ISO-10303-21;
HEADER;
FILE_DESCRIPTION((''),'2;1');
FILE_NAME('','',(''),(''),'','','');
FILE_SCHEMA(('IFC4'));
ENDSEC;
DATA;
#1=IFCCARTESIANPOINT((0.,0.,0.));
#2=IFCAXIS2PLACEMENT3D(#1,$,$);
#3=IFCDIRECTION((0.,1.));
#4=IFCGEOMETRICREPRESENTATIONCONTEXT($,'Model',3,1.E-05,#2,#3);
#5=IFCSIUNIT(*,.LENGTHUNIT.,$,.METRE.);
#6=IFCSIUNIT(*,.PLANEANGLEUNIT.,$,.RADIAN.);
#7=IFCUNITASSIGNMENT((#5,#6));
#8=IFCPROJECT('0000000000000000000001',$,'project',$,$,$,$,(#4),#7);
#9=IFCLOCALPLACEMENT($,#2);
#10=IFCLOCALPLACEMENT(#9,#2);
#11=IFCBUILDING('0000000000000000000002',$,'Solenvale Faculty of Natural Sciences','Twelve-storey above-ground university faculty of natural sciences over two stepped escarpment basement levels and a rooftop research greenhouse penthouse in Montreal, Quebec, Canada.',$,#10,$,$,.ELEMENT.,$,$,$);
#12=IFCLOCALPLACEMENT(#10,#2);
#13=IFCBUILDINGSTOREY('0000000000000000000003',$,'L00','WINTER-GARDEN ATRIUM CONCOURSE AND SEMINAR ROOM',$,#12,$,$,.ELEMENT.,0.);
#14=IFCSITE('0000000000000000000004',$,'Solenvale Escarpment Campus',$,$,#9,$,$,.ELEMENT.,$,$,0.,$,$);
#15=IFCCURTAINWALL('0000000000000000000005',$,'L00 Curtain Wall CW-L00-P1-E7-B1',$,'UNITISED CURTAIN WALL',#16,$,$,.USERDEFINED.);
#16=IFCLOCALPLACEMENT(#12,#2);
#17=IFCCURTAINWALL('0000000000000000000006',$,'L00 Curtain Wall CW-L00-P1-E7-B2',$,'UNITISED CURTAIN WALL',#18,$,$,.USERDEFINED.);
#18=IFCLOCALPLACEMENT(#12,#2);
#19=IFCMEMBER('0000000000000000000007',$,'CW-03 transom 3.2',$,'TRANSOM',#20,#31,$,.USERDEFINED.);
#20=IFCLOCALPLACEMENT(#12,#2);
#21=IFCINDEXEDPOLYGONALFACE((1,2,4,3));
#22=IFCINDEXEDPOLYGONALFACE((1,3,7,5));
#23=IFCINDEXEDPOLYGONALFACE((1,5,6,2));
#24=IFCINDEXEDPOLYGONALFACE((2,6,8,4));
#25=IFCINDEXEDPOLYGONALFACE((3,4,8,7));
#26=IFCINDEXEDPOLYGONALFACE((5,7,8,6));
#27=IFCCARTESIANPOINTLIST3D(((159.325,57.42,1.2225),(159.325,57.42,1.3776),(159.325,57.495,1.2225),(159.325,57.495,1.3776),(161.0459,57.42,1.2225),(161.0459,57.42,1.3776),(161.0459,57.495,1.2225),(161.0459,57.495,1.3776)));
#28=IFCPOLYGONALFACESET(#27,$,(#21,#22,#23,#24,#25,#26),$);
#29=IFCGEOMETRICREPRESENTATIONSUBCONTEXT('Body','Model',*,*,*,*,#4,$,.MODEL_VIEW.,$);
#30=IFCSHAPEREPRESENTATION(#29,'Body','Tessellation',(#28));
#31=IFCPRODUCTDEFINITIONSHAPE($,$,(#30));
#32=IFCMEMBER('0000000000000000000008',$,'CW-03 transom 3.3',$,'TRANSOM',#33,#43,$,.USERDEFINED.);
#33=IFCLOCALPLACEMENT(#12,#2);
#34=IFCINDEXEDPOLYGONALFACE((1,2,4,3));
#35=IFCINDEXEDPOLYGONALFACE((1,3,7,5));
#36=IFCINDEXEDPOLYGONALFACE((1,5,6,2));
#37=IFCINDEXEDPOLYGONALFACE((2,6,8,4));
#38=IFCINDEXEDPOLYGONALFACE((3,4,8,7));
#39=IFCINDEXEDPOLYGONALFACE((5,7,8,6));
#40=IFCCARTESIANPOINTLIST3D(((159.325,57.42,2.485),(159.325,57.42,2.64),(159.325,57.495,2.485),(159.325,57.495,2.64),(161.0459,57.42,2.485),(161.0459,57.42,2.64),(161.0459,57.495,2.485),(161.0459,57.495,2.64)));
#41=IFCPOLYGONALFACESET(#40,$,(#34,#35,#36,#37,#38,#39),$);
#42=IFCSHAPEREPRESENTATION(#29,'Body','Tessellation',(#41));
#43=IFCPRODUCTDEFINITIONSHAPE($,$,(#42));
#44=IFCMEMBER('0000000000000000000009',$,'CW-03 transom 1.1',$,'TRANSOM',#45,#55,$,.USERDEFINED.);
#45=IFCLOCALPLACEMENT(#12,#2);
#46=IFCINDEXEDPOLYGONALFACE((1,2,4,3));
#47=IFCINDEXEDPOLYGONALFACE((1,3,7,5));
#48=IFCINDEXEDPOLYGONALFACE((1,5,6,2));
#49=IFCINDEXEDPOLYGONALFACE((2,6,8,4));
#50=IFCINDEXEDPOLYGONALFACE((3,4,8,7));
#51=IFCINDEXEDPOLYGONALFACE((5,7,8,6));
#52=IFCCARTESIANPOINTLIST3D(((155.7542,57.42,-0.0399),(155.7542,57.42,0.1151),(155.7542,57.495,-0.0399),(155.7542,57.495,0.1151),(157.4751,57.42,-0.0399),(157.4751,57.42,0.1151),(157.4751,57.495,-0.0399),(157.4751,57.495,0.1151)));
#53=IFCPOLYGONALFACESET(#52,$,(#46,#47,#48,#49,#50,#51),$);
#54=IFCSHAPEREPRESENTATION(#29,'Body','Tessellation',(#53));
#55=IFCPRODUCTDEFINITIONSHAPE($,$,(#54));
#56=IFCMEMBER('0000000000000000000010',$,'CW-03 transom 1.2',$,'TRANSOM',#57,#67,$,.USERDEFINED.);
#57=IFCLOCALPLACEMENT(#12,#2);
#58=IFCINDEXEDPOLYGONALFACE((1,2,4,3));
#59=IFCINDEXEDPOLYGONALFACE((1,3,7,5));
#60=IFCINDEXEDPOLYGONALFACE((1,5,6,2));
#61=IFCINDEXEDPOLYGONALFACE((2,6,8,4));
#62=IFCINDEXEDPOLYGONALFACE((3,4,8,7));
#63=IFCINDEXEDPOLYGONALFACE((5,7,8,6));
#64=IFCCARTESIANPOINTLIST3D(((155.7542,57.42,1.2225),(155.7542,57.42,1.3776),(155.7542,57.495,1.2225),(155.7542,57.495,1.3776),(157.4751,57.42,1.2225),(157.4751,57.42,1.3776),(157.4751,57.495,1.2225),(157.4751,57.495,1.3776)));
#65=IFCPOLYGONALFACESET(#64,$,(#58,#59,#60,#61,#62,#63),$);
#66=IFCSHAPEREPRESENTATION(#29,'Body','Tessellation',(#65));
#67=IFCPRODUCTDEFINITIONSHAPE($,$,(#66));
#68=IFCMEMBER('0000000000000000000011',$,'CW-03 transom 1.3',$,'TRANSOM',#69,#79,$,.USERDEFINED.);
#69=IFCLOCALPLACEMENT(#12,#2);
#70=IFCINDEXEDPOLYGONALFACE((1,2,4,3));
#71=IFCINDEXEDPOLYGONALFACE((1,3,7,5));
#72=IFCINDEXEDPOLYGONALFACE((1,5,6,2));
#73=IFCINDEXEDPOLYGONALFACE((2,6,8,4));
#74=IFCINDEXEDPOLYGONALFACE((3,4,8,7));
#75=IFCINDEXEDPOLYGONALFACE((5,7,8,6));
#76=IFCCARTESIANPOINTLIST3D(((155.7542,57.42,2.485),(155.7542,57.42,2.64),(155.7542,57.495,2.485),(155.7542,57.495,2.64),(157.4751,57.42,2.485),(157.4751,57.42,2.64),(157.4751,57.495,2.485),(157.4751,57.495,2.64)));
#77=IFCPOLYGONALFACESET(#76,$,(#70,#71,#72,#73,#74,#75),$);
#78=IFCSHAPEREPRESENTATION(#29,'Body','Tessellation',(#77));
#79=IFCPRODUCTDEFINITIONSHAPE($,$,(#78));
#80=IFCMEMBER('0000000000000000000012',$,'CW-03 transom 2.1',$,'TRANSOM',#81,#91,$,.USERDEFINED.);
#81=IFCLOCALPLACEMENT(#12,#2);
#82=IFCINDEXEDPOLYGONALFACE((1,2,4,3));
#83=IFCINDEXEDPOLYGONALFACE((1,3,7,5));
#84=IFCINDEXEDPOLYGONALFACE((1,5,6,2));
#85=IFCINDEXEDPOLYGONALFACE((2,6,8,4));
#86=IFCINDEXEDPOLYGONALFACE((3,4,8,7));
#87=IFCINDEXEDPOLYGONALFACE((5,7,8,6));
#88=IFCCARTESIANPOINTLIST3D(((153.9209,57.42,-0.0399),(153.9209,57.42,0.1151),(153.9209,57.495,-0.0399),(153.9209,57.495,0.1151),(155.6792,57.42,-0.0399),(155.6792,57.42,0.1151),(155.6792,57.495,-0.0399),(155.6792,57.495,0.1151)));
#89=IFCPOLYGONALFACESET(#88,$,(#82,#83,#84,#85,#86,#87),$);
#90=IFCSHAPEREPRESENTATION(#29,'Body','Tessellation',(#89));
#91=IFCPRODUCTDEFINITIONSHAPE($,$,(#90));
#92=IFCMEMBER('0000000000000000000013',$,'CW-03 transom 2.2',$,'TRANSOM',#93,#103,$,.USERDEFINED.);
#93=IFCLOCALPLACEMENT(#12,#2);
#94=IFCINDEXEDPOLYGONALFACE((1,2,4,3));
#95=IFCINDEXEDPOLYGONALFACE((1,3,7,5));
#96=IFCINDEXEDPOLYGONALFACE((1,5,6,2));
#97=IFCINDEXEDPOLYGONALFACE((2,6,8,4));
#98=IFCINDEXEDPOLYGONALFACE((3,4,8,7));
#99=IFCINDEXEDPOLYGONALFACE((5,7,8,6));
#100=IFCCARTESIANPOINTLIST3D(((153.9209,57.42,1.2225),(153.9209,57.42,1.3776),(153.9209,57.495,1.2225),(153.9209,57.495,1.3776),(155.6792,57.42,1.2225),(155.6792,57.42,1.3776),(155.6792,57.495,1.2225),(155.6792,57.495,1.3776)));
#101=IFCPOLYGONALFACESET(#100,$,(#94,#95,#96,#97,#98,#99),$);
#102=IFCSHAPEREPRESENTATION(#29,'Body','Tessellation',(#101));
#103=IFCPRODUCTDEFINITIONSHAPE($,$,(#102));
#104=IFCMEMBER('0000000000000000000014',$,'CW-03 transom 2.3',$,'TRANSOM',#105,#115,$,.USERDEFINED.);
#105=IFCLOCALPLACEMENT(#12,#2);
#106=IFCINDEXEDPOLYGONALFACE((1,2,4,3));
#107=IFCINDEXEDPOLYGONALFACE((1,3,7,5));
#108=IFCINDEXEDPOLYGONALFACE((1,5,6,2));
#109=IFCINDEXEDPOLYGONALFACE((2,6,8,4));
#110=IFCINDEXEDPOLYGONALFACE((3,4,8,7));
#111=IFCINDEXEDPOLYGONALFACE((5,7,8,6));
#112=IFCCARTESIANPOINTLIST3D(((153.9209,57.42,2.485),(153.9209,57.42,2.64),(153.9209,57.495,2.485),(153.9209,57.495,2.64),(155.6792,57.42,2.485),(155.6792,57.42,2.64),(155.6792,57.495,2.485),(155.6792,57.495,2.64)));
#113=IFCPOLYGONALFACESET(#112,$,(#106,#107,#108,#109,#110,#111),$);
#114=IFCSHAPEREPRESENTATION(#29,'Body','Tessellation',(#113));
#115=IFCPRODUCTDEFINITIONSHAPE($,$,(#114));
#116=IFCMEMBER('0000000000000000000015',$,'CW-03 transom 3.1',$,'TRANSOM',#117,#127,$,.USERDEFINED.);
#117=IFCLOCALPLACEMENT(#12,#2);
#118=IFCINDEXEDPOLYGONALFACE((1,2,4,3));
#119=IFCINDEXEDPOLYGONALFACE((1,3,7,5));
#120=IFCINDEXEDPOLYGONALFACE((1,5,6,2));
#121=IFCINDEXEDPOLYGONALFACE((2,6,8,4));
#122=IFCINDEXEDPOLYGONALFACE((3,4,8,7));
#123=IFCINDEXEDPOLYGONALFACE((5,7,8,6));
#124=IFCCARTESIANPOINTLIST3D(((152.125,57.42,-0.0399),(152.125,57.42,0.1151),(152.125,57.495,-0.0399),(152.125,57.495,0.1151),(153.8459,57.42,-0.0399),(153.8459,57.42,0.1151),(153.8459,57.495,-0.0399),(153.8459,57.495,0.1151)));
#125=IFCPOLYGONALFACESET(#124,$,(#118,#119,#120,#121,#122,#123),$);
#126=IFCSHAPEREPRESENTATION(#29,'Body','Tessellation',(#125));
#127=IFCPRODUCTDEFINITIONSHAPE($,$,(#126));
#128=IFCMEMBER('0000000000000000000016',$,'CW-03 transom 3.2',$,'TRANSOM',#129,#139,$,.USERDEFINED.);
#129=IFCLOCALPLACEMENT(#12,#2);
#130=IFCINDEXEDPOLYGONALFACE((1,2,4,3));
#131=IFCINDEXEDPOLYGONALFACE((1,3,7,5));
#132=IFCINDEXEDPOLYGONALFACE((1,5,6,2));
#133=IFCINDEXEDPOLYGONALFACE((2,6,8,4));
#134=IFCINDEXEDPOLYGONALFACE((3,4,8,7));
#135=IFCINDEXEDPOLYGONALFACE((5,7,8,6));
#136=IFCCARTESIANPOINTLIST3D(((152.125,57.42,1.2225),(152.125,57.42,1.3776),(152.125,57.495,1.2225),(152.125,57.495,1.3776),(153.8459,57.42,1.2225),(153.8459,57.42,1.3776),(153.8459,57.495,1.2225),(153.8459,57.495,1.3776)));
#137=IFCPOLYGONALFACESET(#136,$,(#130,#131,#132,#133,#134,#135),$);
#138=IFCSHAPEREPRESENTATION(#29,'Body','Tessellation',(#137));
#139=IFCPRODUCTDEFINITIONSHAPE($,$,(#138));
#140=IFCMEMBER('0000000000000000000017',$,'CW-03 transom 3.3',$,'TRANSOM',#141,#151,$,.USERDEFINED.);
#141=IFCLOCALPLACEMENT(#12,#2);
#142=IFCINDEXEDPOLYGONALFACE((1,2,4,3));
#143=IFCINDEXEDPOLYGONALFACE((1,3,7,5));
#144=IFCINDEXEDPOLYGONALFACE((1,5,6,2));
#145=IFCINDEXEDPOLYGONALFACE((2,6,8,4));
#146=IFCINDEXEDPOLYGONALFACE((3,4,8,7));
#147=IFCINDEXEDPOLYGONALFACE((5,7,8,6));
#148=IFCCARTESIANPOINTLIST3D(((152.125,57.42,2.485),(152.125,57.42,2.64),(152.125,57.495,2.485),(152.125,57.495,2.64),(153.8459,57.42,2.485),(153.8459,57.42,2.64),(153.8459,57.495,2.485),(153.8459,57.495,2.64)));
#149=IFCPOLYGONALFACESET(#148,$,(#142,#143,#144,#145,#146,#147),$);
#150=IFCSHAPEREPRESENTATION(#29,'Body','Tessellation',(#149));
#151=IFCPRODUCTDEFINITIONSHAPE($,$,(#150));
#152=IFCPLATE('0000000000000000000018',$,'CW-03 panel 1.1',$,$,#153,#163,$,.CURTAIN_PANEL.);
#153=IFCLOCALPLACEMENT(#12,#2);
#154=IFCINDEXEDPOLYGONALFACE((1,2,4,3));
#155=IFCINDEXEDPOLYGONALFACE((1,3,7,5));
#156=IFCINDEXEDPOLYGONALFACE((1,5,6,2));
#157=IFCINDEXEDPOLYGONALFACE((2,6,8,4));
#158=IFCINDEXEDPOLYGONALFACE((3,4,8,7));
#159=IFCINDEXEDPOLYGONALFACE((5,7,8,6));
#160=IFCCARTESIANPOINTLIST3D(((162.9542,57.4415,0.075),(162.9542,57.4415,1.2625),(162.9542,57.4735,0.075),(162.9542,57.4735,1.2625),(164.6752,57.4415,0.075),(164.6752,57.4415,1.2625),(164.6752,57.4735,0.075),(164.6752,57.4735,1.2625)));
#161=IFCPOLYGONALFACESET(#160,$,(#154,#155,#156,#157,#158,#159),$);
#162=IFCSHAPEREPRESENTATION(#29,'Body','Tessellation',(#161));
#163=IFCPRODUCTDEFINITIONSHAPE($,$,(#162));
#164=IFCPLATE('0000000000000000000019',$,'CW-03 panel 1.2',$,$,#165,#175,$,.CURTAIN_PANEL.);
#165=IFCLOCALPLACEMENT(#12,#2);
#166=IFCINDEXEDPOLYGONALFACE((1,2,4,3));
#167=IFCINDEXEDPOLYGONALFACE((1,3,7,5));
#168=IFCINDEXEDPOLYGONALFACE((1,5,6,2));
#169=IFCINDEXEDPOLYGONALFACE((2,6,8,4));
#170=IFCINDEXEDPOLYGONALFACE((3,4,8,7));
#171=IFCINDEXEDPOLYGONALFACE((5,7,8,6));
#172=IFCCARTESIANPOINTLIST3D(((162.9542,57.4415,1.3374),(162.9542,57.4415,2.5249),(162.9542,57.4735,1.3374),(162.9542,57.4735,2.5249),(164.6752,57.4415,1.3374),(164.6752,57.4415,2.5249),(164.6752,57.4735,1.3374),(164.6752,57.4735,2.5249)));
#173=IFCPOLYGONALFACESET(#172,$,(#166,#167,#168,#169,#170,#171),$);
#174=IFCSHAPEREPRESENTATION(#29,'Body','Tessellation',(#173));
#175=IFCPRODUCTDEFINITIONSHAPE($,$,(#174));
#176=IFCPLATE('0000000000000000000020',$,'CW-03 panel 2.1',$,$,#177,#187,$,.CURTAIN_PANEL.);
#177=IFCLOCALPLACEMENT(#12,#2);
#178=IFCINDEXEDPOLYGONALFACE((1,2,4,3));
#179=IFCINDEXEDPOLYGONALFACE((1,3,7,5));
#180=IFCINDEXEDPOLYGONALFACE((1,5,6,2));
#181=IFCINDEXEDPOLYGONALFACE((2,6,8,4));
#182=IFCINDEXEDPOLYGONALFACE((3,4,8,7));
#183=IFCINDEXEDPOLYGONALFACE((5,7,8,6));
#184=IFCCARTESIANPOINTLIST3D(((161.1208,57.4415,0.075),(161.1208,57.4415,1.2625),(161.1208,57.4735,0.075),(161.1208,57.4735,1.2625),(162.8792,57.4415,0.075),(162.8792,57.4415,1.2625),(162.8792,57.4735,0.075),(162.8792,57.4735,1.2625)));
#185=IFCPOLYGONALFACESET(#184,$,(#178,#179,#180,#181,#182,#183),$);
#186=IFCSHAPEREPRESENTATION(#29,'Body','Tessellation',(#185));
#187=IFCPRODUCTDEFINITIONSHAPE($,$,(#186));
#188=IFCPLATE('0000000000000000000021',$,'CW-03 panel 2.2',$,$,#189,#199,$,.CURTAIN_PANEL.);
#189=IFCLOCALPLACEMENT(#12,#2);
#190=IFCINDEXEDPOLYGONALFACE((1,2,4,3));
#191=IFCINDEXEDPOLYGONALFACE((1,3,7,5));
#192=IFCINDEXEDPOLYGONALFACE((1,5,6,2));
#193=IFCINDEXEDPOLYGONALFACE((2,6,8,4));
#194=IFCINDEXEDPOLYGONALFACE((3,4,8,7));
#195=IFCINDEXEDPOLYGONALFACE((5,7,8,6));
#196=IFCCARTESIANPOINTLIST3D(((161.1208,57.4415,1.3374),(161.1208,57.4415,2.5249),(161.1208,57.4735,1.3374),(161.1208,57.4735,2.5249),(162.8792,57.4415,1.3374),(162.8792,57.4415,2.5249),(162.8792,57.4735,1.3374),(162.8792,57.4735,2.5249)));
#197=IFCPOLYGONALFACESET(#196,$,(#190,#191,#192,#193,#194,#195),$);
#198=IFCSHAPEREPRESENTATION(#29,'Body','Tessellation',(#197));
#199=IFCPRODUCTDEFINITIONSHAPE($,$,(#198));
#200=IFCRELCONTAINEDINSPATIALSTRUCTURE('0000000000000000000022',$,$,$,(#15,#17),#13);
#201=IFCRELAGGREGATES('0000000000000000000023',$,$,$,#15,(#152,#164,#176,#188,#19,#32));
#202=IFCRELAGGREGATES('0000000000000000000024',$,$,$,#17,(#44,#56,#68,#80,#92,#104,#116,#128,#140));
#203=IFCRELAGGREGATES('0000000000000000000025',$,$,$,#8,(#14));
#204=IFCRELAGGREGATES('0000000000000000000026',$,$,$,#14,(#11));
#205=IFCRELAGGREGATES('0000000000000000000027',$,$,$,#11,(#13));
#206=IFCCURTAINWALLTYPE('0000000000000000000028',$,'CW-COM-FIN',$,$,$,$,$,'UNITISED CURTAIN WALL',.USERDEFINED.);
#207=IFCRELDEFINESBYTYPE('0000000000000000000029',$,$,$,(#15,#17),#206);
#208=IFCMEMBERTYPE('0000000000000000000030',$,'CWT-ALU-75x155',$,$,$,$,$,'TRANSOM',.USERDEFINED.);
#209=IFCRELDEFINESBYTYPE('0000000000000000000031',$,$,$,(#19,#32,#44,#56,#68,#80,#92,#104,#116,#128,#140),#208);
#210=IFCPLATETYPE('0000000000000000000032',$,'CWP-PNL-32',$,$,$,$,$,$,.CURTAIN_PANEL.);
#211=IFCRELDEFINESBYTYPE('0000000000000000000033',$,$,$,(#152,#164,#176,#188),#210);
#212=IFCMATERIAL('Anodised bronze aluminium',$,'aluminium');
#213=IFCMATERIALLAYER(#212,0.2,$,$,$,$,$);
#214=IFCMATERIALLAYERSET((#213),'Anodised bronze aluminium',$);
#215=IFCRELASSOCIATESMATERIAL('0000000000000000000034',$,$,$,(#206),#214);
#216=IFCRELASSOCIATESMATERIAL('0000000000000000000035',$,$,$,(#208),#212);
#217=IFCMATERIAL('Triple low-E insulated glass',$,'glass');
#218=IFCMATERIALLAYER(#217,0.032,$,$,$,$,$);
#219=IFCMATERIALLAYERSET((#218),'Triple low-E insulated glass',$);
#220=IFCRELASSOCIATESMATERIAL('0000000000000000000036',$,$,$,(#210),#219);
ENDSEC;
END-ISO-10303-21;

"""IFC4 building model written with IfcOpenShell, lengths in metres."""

from ifc_helpers import new_model, si_unit, direction, frame, origin, origin_2d, place, context, subcontext, project, spatial, rectangle, extrude, material, layer, layer_set, material_profile, profile_set, type_object, element, aggregate, save


model = new_model("IFC4")

# Units and contexts
model_context = context("Model", 3, precision=1e-05, world=origin(), true_north=direction((0.0, 1.0)))
body_context = subcontext(model_context, "Body", "Model", "MODEL_VIEW")
ifc_project = project(units=[si_unit("LENGTHUNIT", "METRE"), si_unit("PLANEANGLEUNIT", "RADIAN")], contexts=[model_context])

# Site, building, storey
site_placement = place(None, origin())
site = spatial("IfcSite", under=ifc_project, at=site_placement, Name="Solenvale Escarpment Campus", CompositionType="ELEMENT", RefElevation=0.0)
building_placement = place(site_placement, origin())
building = spatial("IfcBuilding", under=site, at=building_placement, Name="Solenvale Faculty of Natural Sciences", Description="Twelve-storey above-ground university faculty of natural sciences over two stepped escarpment basement levels and a rooftop research greenhouse penthouse in Montreal, Quebec, Canada.", CompositionType="ELEMENT")
storey_placement = place(building_placement, origin())
storey = spatial("IfcBuildingStorey", under=building, at=storey_placement, Name="L00", Description="WINTER-GARDEN ATRIUM CONCOURSE AND SEMINAR ROOM", CompositionType="ELEMENT", Elevation=0.0)

# Curtain walls
ifc_material_1 = material(Name="Anodised bronze aluminium", Category="aluminium")
ifc_layer_1 = layer(ifc_material_1, 0.2)
ifc_layer_set_1 = layer_set([ifc_layer_1], Name="Anodised bronze aluminium")
curtain_wall_type = type_object("IfcCurtainWallType", Name="CW-COM-FIN", ElementType="UNITISED CURTAIN WALL", PredefinedType="USERDEFINED", material=ifc_layer_set_1)
curtain_wall_1_placement = place(storey_placement, origin())
curtain_wall_1 = element("IfcCurtainWall", 1, at=curtain_wall_1_placement, inside=storey, type_object=curtain_wall_type, Name="L00 Curtain Wall CW-L00-P1-E7-B1", ObjectType="UNITISED CURTAIN WALL", PredefinedType="USERDEFINED")
curtain_wall_2_placement = place(storey_placement, origin())
curtain_wall_2 = element("IfcCurtainWall", 2, at=curtain_wall_2_placement, inside=storey, type_object=curtain_wall_type, Name="L00 Curtain Wall CW-L00-P1-E7-B2", ObjectType="UNITISED CURTAIN WALL", PredefinedType="USERDEFINED")

# Members
ifc_material_profile_1 = material_profile(ifc_material_1, rectangle(XDim=0.075, YDim=0.155, at=origin_2d()), Name="ALU-TRN-75x155")
ifc_profile_set_1 = profile_set([ifc_material_profile_1], Name="Anodised bronze aluminium")
member_type_1 = type_object("IfcMemberType", Name="CWT-ALU-75x155", ElementType="TRANSOM", PredefinedType="USERDEFINED", material=ifc_profile_set_1)
member_1_placement = place(storey_placement, frame((161.0459, 57.4575, 1.3), z_axis=(-1.0, 0.0, 0.0), x_axis=(0.0, -1.0, 0.0)))
member_1 = element("IfcMember", 3, at=member_1_placement, type_object=member_type_1, Name="CW-03 transom 3.2", ObjectType="TRANSOM", PredefinedType="USERDEFINED", context=body_context, shape_type="SweptSolid", body=[
    extrude(rectangle(XDim=0.075, YDim=0.155, at=origin_2d()), origin(), (0.0, 0.0, 1.0), 1.7209),
])
member_2_placement = place(storey_placement, frame((161.0459, 57.4575, 2.5625), z_axis=(-1.0, 0.0, 0.0), x_axis=(0.0, -1.0, 0.0)))
member_2 = element("IfcMember", 4, at=member_2_placement, type_object=member_type_1, Name="CW-03 transom 3.3", ObjectType="TRANSOM", PredefinedType="USERDEFINED", context=body_context, shape_type="SweptSolid", body=[
    extrude(rectangle(XDim=0.075, YDim=0.155, at=origin_2d()), origin(), (0.0, 0.0, 1.0), 1.7209),
])
member_3_placement = place(storey_placement, frame((157.4751, 57.4575, 0.0376), z_axis=(-1.0, 0.0, 0.0), x_axis=(0.0, -1.0, 0.0)))
member_3 = element("IfcMember", 5, at=member_3_placement, type_object=member_type_1, Name="CW-03 transom 1.1", ObjectType="TRANSOM", PredefinedType="USERDEFINED", context=body_context, shape_type="SweptSolid", body=[
    extrude(rectangle(XDim=0.075, YDim=0.155, at=origin_2d()), origin(), (0.0, 0.0, 1.0), 1.7209),
])
member_4_placement = place(storey_placement, frame((157.4751, 57.4575, 1.3), z_axis=(-1.0, 0.0, 0.0), x_axis=(0.0, -1.0, 0.0)))
member_4 = element("IfcMember", 6, at=member_4_placement, type_object=member_type_1, Name="CW-03 transom 1.2", ObjectType="TRANSOM", PredefinedType="USERDEFINED", context=body_context, shape_type="SweptSolid", body=[
    extrude(rectangle(XDim=0.075, YDim=0.155, at=origin_2d()), origin(), (0.0, 0.0, 1.0), 1.7209),
])
member_5_placement = place(storey_placement, frame((157.4751, 57.4575, 2.5625), z_axis=(-1.0, 0.0, 0.0), x_axis=(0.0, -1.0, 0.0)))
member_5 = element("IfcMember", 7, at=member_5_placement, type_object=member_type_1, Name="CW-03 transom 1.3", ObjectType="TRANSOM", PredefinedType="USERDEFINED", context=body_context, shape_type="SweptSolid", body=[
    extrude(rectangle(XDim=0.075, YDim=0.155, at=origin_2d()), origin(), (0.0, 0.0, 1.0), 1.7209),
])
member_6_placement = place(storey_placement, frame((155.6792, 57.4575, 0.0376), z_axis=(-1.0, 0.0, 0.0), x_axis=(0.0, -1.0, 0.0)))
member_6 = element("IfcMember", 8, at=member_6_placement, type_object=member_type_1, Name="CW-03 transom 2.1", ObjectType="TRANSOM", PredefinedType="USERDEFINED", context=body_context, shape_type="SweptSolid", body=[
    extrude(rectangle(XDim=0.075, YDim=0.155, at=origin_2d()), origin(), (0.0, 0.0, 1.0), 1.7583),
])
member_7_placement = place(storey_placement, frame((155.6792, 57.4575, 1.3), z_axis=(-1.0, 0.0, 0.0), x_axis=(0.0, -1.0, 0.0)))
member_7 = element("IfcMember", 9, at=member_7_placement, type_object=member_type_1, Name="CW-03 transom 2.2", ObjectType="TRANSOM", PredefinedType="USERDEFINED", context=body_context, shape_type="SweptSolid", body=[
    extrude(rectangle(XDim=0.075, YDim=0.155, at=origin_2d()), origin(), (0.0, 0.0, 1.0), 1.7583),
])
member_8_placement = place(storey_placement, frame((155.6792, 57.4575, 2.5625), z_axis=(-1.0, 0.0, 0.0), x_axis=(0.0, -1.0, 0.0)))
member_8 = element("IfcMember", 10, at=member_8_placement, type_object=member_type_1, Name="CW-03 transom 2.3", ObjectType="TRANSOM", PredefinedType="USERDEFINED", context=body_context, shape_type="SweptSolid", body=[
    extrude(rectangle(XDim=0.075, YDim=0.155, at=origin_2d()), origin(), (0.0, 0.0, 1.0), 1.7583),
])
member_9_placement = place(storey_placement, frame((153.8459, 57.4575, 0.0376), z_axis=(-1.0, 0.0, 0.0), x_axis=(0.0, -1.0, 0.0)))
member_9 = element("IfcMember", 11, at=member_9_placement, type_object=member_type_1, Name="CW-03 transom 3.1", ObjectType="TRANSOM", PredefinedType="USERDEFINED", context=body_context, shape_type="SweptSolid", body=[
    extrude(rectangle(XDim=0.075, YDim=0.155, at=origin_2d()), origin(), (0.0, 0.0, 1.0), 1.7209),
])
member_10_placement = place(storey_placement, frame((153.8459, 57.4575, 1.3), z_axis=(-1.0, 0.0, 0.0), x_axis=(0.0, -1.0, 0.0)))
member_10 = element("IfcMember", 12, at=member_10_placement, type_object=member_type_1, Name="CW-03 transom 3.2", ObjectType="TRANSOM", PredefinedType="USERDEFINED", context=body_context, shape_type="SweptSolid", body=[
    extrude(rectangle(XDim=0.075, YDim=0.155, at=origin_2d()), origin(), (0.0, 0.0, 1.0), 1.7209),
])
member_11_placement = place(storey_placement, frame((153.8459, 57.4575, 2.5625), z_axis=(-1.0, 0.0, 0.0), x_axis=(0.0, -1.0, 0.0)))
member_11 = element("IfcMember", 13, at=member_11_placement, type_object=member_type_1, Name="CW-03 transom 3.3", ObjectType="TRANSOM", PredefinedType="USERDEFINED", context=body_context, shape_type="SweptSolid", body=[
    extrude(rectangle(XDim=0.075, YDim=0.155, at=origin_2d()), origin(), (0.0, 0.0, 1.0), 1.7209),
])

# Plates
ifc_material_2 = material(Name="Triple low-E insulated glass", Category="glass")
ifc_layer_2 = layer(ifc_material_2, 0.032)
ifc_layer_set_2 = layer_set([ifc_layer_2], Name="Triple low-E insulated glass")
plate_type_1 = type_object("IfcPlateType", Name="CWP-PNL-32", PredefinedType="CURTAIN_PANEL", material=ifc_layer_set_2)
plate_1_placement = place(storey_placement, frame((163.8147, 57.4575, 0.075), z_axis=(0.0, 0.0, 1.0), x_axis=(-1.0, 0.0, 0.0)))
plate_1 = element("IfcPlate", 14, at=plate_1_placement, type_object=plate_type_1, Name="CW-03 panel 1.1", PredefinedType="CURTAIN_PANEL", context=body_context, shape_type="SweptSolid", body=[
    extrude(rectangle(XDim=1.7209, YDim=0.032, at=origin_2d()), origin(), (0.0, 0.0, 1.0), 1.1875),
])
plate_2_placement = place(storey_placement, frame((163.8147, 57.4575, 1.3374), z_axis=(0.0, 0.0, 1.0), x_axis=(-1.0, 0.0, 0.0)))
plate_2 = element("IfcPlate", 15, at=plate_2_placement, type_object=plate_type_1, Name="CW-03 panel 1.2", PredefinedType="CURTAIN_PANEL", context=body_context, shape_type="SweptSolid", body=[
    extrude(rectangle(XDim=1.7209, YDim=0.032, at=origin_2d()), origin(), (0.0, 0.0, 1.0), 1.1875),
])
plate_3_placement = place(storey_placement, frame((162.0, 57.4575, 0.075), z_axis=(0.0, 0.0, 1.0), x_axis=(-1.0, 0.0, 0.0)))
plate_3 = element("IfcPlate", 16, at=plate_3_placement, type_object=plate_type_1, Name="CW-03 panel 2.1", PredefinedType="CURTAIN_PANEL", context=body_context, shape_type="SweptSolid", body=[
    extrude(rectangle(XDim=1.7583, YDim=0.032, at=origin_2d()), origin(), (0.0, 0.0, 1.0), 1.1875),
])
plate_4_placement = place(storey_placement, frame((162.0, 57.4575, 1.3374), z_axis=(0.0, 0.0, 1.0), x_axis=(-1.0, 0.0, 0.0)))
plate_4 = element("IfcPlate", 17, at=plate_4_placement, type_object=plate_type_1, Name="CW-03 panel 2.2", PredefinedType="CURTAIN_PANEL", context=body_context, shape_type="SweptSolid", body=[
    extrude(rectangle(XDim=1.7583, YDim=0.032, at=origin_2d()), origin(), (0.0, 0.0, 1.0), 1.1875),
])
aggregate(curtain_wall_1, [plate_1, plate_2, plate_3, plate_4, member_1, member_2])
aggregate(curtain_wall_2, [member_3, member_4, member_5, member_6, member_7, member_8, member_9, member_10, member_11])

save(model, "model.ifc")
